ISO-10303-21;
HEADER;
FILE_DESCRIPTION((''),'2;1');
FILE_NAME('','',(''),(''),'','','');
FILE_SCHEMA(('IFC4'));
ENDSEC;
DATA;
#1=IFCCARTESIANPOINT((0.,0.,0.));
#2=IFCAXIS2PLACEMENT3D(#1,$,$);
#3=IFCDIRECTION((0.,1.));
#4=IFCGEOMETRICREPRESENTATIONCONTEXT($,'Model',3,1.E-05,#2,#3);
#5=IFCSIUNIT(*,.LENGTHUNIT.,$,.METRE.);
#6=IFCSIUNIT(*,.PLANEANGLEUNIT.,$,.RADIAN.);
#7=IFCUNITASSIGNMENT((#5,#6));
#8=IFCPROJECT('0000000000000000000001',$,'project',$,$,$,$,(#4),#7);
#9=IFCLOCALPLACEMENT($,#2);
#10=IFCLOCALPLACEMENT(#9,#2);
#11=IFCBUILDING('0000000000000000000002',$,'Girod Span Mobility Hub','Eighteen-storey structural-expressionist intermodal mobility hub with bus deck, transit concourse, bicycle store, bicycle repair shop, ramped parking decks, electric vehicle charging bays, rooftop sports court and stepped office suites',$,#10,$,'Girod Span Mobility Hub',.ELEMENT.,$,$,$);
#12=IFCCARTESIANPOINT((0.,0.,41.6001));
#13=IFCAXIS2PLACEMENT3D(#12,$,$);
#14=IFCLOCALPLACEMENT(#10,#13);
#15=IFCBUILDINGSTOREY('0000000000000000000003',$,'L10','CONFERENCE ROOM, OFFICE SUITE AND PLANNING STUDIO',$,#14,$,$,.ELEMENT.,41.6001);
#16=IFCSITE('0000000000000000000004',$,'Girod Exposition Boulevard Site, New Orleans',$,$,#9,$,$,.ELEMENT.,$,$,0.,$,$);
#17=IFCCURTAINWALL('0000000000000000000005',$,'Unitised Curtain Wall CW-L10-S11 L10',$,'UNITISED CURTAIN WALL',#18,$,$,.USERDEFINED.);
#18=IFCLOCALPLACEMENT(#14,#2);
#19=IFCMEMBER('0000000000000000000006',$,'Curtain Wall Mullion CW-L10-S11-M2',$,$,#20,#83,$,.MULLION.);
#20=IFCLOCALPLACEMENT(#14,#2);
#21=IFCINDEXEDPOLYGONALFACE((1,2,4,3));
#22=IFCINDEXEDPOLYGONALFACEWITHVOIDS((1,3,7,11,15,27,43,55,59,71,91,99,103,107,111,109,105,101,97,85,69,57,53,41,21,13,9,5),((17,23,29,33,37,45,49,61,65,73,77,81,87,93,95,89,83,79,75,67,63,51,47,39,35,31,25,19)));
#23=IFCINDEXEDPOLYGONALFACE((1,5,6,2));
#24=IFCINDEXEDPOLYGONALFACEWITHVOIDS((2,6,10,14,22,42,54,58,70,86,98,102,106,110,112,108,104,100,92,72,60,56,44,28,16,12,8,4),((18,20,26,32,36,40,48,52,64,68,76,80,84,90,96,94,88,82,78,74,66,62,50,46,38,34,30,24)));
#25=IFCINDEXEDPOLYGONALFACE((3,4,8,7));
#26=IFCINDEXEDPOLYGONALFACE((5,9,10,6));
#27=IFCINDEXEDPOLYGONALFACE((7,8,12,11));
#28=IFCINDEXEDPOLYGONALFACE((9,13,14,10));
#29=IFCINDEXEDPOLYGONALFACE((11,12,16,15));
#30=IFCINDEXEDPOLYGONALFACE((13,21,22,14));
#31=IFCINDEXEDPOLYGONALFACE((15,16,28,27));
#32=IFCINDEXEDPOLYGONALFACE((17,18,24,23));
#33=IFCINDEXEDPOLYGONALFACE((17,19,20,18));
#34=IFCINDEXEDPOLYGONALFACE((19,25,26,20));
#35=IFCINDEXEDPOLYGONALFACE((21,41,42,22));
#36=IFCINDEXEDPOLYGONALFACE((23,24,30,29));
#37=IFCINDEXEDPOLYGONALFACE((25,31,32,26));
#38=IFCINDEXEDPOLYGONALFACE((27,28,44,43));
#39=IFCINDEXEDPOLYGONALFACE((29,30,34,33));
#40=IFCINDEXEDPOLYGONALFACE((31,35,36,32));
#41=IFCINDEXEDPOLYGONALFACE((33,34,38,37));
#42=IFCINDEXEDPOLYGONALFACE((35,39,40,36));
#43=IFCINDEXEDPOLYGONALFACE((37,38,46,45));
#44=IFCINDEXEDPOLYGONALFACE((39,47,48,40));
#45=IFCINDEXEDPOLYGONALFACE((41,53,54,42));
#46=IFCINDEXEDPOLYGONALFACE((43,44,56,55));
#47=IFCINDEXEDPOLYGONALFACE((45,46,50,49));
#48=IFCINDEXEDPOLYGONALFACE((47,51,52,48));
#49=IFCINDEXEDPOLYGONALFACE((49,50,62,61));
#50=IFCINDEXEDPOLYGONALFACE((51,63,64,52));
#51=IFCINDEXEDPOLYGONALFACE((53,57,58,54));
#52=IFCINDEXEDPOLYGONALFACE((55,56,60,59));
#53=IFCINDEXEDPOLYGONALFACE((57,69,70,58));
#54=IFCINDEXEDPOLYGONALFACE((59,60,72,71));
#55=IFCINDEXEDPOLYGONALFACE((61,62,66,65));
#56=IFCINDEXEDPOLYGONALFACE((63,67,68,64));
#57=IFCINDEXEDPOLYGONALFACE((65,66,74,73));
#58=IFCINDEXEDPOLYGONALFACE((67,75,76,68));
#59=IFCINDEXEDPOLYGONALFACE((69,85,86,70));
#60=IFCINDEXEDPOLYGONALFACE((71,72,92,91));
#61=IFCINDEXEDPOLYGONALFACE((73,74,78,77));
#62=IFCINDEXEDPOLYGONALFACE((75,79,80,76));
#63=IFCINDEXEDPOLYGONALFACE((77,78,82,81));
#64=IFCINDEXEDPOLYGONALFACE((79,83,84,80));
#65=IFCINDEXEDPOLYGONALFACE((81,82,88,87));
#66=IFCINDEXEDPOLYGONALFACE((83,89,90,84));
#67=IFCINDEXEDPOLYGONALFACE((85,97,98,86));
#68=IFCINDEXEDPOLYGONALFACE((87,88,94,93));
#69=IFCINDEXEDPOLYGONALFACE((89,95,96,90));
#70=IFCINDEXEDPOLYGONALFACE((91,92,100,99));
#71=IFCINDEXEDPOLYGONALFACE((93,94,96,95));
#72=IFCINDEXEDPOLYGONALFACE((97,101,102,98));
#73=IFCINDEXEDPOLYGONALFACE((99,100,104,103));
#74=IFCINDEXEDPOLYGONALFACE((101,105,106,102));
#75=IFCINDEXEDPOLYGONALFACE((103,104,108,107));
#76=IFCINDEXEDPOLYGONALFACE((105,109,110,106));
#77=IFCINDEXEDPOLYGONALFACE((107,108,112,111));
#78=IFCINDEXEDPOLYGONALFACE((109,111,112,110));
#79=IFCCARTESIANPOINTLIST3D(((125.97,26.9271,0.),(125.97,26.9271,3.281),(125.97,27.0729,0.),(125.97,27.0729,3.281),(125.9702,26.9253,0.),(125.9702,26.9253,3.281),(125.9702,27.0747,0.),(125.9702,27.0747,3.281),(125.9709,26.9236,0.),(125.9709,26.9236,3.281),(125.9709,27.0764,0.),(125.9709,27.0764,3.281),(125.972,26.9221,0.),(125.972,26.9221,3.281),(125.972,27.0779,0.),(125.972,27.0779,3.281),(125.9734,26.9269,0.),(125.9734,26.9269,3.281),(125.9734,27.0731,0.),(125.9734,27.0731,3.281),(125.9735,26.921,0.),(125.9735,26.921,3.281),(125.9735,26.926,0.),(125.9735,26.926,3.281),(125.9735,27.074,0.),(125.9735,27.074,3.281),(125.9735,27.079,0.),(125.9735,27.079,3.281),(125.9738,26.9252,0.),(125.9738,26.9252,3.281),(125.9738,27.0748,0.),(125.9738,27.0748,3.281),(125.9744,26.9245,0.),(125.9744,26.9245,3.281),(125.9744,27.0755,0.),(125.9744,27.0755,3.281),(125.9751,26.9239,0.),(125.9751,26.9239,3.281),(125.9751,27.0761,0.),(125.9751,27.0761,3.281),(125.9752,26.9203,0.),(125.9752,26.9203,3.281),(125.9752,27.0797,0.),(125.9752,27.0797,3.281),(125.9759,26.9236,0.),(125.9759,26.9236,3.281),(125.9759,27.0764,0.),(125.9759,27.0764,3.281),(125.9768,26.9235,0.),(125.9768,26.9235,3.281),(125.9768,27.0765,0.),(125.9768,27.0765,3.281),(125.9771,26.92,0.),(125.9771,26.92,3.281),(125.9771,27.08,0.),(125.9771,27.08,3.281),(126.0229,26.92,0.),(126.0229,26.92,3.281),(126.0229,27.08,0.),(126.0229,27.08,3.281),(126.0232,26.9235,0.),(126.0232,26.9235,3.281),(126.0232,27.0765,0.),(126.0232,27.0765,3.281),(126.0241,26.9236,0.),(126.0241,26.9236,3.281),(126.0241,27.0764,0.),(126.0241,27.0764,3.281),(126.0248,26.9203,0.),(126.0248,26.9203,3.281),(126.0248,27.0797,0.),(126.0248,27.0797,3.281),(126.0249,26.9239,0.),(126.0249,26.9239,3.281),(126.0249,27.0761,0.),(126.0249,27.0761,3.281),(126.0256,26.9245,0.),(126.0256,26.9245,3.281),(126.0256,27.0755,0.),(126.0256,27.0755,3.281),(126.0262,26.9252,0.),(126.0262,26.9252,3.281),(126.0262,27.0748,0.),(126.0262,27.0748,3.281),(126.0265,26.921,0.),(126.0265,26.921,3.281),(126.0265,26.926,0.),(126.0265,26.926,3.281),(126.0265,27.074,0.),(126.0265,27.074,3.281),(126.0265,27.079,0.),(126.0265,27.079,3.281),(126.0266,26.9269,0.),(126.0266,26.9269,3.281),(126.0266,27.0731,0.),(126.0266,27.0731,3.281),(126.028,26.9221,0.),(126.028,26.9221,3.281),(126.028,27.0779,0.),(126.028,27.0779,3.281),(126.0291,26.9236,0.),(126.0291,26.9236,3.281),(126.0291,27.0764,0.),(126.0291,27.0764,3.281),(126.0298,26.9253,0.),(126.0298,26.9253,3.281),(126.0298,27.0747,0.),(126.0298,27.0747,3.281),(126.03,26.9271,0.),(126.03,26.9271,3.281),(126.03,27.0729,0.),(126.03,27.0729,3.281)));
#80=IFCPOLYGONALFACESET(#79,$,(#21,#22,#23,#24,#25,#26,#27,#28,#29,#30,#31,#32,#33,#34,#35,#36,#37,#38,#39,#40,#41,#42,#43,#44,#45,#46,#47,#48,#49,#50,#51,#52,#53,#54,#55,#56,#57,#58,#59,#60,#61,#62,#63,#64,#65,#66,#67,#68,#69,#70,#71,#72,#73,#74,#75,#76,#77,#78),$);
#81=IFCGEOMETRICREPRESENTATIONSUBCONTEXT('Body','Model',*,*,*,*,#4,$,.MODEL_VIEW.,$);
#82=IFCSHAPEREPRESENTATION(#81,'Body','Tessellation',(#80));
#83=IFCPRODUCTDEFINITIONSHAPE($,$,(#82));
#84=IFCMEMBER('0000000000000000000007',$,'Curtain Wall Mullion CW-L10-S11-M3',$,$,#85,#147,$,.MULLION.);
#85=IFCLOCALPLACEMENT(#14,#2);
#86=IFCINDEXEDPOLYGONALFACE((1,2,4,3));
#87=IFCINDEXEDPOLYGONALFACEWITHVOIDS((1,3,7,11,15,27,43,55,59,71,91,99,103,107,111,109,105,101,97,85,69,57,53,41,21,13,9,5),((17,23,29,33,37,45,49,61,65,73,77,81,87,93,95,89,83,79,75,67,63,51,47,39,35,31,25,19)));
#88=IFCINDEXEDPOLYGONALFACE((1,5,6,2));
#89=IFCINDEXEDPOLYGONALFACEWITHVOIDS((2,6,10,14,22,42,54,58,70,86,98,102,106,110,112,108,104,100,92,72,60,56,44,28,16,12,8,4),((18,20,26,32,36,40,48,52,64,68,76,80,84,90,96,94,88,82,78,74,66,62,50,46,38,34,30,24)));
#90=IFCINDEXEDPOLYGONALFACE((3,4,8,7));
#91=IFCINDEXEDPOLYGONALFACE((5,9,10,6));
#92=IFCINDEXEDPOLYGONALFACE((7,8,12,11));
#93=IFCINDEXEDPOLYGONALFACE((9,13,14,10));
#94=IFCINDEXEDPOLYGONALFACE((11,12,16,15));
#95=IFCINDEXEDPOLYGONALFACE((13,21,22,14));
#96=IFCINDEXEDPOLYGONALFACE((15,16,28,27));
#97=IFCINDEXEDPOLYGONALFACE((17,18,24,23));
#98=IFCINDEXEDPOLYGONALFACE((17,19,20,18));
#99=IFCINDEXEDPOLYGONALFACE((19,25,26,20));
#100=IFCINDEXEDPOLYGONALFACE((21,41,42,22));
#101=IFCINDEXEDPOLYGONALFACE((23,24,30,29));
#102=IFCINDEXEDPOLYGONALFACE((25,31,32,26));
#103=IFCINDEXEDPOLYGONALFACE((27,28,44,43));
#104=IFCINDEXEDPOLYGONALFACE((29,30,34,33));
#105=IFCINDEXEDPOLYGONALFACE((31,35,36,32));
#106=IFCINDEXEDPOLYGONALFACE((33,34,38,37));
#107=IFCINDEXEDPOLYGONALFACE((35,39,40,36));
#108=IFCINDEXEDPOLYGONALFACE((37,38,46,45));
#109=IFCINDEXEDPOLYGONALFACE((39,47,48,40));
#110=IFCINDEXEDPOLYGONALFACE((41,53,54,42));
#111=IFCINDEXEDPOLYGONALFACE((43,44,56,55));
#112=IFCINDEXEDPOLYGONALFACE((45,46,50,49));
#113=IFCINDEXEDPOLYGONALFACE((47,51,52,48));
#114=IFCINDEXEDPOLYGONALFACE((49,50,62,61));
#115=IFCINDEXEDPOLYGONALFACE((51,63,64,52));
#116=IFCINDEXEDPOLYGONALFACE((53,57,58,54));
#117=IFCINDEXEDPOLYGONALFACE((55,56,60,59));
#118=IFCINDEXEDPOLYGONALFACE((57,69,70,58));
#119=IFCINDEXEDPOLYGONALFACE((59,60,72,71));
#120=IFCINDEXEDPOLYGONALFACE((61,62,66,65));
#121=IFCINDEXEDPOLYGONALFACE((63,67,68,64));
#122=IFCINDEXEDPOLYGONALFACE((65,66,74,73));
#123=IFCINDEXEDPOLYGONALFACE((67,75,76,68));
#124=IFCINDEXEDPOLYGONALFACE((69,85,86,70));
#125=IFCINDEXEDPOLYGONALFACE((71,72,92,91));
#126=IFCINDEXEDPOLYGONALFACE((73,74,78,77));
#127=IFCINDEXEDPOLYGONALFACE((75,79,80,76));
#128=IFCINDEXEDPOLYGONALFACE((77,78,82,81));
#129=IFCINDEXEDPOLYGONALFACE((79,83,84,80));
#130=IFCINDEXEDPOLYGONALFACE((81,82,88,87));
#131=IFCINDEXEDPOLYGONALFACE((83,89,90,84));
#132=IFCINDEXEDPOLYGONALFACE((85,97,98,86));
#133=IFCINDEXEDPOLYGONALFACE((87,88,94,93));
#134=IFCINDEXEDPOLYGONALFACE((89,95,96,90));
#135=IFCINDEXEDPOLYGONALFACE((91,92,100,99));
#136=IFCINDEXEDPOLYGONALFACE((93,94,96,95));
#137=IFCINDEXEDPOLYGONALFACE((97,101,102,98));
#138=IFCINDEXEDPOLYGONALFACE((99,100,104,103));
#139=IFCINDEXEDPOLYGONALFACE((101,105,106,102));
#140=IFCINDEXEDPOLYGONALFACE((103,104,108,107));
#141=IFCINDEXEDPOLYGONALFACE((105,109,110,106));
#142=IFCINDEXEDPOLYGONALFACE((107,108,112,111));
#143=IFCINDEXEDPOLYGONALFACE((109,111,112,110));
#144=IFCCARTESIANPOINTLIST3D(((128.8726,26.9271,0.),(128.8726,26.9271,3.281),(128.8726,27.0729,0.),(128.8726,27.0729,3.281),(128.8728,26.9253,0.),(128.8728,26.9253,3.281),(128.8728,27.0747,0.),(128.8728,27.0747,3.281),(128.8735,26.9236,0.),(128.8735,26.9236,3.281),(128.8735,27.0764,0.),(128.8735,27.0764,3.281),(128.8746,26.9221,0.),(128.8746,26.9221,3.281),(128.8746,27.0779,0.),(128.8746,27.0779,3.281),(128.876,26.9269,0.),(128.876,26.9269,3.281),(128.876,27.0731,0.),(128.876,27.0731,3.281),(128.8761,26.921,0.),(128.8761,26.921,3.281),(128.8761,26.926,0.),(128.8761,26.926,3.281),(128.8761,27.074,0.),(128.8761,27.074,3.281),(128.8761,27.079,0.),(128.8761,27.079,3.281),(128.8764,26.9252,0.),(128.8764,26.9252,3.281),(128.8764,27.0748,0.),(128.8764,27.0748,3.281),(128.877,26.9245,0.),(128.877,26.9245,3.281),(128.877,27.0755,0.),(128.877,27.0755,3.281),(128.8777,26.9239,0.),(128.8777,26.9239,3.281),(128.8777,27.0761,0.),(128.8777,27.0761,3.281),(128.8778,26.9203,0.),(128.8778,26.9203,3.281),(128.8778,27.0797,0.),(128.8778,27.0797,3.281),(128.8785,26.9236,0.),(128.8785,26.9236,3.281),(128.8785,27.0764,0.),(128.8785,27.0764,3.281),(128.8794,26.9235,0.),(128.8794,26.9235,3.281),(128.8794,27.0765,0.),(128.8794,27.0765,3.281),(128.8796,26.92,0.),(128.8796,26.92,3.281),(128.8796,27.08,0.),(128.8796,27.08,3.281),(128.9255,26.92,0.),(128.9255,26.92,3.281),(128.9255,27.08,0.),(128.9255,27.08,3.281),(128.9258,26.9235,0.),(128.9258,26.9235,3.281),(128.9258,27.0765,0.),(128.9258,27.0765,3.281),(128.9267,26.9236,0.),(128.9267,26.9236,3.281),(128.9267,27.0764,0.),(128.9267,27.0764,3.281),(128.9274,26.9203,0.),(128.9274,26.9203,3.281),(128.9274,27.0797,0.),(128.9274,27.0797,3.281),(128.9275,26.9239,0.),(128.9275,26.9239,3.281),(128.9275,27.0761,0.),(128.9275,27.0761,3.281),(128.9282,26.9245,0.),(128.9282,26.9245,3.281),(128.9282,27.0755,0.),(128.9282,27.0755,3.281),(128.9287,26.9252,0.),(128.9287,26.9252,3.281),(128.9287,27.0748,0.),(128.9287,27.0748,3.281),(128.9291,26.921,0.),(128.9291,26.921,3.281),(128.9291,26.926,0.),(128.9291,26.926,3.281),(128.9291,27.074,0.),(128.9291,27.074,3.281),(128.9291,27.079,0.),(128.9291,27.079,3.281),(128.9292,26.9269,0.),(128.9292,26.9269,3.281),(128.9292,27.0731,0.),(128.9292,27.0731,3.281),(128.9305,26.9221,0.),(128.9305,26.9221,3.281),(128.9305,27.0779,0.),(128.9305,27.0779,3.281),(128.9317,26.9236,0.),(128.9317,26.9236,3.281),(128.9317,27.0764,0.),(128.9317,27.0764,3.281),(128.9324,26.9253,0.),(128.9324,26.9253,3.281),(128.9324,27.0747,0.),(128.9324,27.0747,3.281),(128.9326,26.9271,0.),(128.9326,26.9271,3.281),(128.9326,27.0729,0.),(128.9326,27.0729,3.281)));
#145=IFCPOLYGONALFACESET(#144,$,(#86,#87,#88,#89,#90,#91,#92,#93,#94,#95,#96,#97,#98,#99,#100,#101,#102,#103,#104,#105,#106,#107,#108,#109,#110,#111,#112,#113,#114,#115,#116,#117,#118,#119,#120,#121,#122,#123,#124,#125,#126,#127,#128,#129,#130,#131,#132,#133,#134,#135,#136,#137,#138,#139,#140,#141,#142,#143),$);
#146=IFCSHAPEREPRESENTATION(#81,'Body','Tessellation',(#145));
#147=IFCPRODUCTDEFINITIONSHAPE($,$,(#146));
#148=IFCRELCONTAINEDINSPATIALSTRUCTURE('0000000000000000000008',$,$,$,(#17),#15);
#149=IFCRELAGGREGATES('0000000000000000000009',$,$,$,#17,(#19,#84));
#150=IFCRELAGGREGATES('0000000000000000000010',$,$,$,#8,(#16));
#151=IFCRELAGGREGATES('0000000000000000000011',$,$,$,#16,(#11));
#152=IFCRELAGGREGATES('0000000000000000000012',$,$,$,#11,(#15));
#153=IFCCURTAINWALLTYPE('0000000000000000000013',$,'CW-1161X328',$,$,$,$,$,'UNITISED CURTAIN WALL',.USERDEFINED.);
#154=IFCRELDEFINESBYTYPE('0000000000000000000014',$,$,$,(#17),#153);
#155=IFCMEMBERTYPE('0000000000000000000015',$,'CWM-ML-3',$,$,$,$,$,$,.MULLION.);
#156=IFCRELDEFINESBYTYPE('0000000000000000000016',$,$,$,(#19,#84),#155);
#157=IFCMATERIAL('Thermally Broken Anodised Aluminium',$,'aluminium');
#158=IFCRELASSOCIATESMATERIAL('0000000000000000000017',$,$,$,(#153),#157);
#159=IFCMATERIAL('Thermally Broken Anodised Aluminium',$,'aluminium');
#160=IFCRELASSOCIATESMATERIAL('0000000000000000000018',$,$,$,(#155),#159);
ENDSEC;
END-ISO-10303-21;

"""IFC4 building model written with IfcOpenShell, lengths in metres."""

from ifc_helpers import new_model, si_unit, direction, frame, origin, origin_2d, place, context, subcontext, project, spatial, hollow_rectangle, extrude, material, material_profile, profile_set, type_object, element, aggregate, save


model = new_model("IFC4")

# Units and contexts
model_context = context("Model", 3, precision=1e-05, world=origin(), true_north=direction((0.0, 1.0)))
body_context = subcontext(model_context, "Body", "Model", "MODEL_VIEW")
ifc_project = project(units=[si_unit("LENGTHUNIT", "METRE"), si_unit("PLANEANGLEUNIT", "RADIAN")], contexts=[model_context])

# Site, building, storey
site_placement = place(None, origin())
site = spatial("IfcSite", under=ifc_project, at=site_placement, Name="Girod Exposition Boulevard Site, New Orleans", CompositionType="ELEMENT", RefElevation=0.0)
building_placement = place(site_placement, origin())
building = spatial("IfcBuilding", under=site, at=building_placement, Name="Girod Span Mobility Hub", Description="Eighteen-storey structural-expressionist intermodal mobility hub with bus deck, transit concourse, bicycle store, bicycle repair shop, ramped parking decks, electric vehicle charging bays, rooftop sports court and stepped office suites", LongName="Girod Span Mobility Hub", CompositionType="ELEMENT")
storey_placement = place(building_placement, frame((0.0, 0.0, 41.6001)))
storey = spatial("IfcBuildingStorey", under=building, at=storey_placement, Name="L10", Description="CONFERENCE ROOM, OFFICE SUITE AND PLANNING STUDIO", CompositionType="ELEMENT", Elevation=41.6001)

# Curtain wall, members
ifc_material_1 = material(Name="Thermally Broken Anodised Aluminium", Category="aluminium")
curtain_wall_type = type_object("IfcCurtainWallType", Name="CW-1161X328", ElementType="UNITISED CURTAIN WALL", PredefinedType="USERDEFINED", material=ifc_material_1)
curtain_wall_placement = place(storey_placement, origin())
curtain_wall = element("IfcCurtainWall", 1, at=curtain_wall_placement, inside=storey, type_object=curtain_wall_type, Name="Unitised Curtain Wall CW-L10-S11 L10", ObjectType="UNITISED CURTAIN WALL", PredefinedType="USERDEFINED")
ifc_material_2 = material(Name="Thermally Broken Anodised Aluminium", Category="aluminium")
ifc_material_profile_1 = material_profile(ifc_material_2, hollow_rectangle(XDim=0.1599, YDim=0.0601, WallThickness=0.0034, InnerFilletRadius=0.0034, OuterFilletRadius=0.0071, at=origin_2d()), Name="CW-ML-60X160")
ifc_profile_set_1 = profile_set([ifc_material_profile_1], Name="Thermally Broken Anodised Aluminium")
member_type_1 = type_object("IfcMemberType", Name="CWM-ML-3", PredefinedType="MULLION", material=ifc_profile_set_1)
member_1_placement = place(storey_placement, frame((126.0, 27.0, 0.0), z_axis=(0.0, 0.0, 1.0), x_axis=(0.0, 1.0, 0.0)))
member_1 = element("IfcMember", 2, at=member_1_placement, type_object=member_type_1, Name="Curtain Wall Mullion CW-L10-S11-M2", PredefinedType="MULLION", context=body_context, shape_type="SweptSolid", body=[
    extrude(hollow_rectangle(XDim=0.1599, YDim=0.0601, WallThickness=0.0034, InnerFilletRadius=0.0034, OuterFilletRadius=0.0071, at=origin_2d()), origin(), (0.0, 0.0, 1.0), 3.281),
])
member_2_placement = place(storey_placement, frame((128.9026, 27.0, 0.0), z_axis=(0.0, 0.0, 1.0), x_axis=(0.0, 1.0, 0.0)))
member_2 = element("IfcMember", 3, at=member_2_placement, type_object=member_type_1, Name="Curtain Wall Mullion CW-L10-S11-M3", PredefinedType="MULLION", context=body_context, shape_type="SweptSolid", body=[
    extrude(hollow_rectangle(XDim=0.1599, YDim=0.0601, WallThickness=0.0034, InnerFilletRadius=0.0034, OuterFilletRadius=0.0071, at=origin_2d()), origin(), (0.0, 0.0, 1.0), 3.281),
])

aggregate(curtain_wall, [member_1, member_2])

save(model, "model.ifc")
